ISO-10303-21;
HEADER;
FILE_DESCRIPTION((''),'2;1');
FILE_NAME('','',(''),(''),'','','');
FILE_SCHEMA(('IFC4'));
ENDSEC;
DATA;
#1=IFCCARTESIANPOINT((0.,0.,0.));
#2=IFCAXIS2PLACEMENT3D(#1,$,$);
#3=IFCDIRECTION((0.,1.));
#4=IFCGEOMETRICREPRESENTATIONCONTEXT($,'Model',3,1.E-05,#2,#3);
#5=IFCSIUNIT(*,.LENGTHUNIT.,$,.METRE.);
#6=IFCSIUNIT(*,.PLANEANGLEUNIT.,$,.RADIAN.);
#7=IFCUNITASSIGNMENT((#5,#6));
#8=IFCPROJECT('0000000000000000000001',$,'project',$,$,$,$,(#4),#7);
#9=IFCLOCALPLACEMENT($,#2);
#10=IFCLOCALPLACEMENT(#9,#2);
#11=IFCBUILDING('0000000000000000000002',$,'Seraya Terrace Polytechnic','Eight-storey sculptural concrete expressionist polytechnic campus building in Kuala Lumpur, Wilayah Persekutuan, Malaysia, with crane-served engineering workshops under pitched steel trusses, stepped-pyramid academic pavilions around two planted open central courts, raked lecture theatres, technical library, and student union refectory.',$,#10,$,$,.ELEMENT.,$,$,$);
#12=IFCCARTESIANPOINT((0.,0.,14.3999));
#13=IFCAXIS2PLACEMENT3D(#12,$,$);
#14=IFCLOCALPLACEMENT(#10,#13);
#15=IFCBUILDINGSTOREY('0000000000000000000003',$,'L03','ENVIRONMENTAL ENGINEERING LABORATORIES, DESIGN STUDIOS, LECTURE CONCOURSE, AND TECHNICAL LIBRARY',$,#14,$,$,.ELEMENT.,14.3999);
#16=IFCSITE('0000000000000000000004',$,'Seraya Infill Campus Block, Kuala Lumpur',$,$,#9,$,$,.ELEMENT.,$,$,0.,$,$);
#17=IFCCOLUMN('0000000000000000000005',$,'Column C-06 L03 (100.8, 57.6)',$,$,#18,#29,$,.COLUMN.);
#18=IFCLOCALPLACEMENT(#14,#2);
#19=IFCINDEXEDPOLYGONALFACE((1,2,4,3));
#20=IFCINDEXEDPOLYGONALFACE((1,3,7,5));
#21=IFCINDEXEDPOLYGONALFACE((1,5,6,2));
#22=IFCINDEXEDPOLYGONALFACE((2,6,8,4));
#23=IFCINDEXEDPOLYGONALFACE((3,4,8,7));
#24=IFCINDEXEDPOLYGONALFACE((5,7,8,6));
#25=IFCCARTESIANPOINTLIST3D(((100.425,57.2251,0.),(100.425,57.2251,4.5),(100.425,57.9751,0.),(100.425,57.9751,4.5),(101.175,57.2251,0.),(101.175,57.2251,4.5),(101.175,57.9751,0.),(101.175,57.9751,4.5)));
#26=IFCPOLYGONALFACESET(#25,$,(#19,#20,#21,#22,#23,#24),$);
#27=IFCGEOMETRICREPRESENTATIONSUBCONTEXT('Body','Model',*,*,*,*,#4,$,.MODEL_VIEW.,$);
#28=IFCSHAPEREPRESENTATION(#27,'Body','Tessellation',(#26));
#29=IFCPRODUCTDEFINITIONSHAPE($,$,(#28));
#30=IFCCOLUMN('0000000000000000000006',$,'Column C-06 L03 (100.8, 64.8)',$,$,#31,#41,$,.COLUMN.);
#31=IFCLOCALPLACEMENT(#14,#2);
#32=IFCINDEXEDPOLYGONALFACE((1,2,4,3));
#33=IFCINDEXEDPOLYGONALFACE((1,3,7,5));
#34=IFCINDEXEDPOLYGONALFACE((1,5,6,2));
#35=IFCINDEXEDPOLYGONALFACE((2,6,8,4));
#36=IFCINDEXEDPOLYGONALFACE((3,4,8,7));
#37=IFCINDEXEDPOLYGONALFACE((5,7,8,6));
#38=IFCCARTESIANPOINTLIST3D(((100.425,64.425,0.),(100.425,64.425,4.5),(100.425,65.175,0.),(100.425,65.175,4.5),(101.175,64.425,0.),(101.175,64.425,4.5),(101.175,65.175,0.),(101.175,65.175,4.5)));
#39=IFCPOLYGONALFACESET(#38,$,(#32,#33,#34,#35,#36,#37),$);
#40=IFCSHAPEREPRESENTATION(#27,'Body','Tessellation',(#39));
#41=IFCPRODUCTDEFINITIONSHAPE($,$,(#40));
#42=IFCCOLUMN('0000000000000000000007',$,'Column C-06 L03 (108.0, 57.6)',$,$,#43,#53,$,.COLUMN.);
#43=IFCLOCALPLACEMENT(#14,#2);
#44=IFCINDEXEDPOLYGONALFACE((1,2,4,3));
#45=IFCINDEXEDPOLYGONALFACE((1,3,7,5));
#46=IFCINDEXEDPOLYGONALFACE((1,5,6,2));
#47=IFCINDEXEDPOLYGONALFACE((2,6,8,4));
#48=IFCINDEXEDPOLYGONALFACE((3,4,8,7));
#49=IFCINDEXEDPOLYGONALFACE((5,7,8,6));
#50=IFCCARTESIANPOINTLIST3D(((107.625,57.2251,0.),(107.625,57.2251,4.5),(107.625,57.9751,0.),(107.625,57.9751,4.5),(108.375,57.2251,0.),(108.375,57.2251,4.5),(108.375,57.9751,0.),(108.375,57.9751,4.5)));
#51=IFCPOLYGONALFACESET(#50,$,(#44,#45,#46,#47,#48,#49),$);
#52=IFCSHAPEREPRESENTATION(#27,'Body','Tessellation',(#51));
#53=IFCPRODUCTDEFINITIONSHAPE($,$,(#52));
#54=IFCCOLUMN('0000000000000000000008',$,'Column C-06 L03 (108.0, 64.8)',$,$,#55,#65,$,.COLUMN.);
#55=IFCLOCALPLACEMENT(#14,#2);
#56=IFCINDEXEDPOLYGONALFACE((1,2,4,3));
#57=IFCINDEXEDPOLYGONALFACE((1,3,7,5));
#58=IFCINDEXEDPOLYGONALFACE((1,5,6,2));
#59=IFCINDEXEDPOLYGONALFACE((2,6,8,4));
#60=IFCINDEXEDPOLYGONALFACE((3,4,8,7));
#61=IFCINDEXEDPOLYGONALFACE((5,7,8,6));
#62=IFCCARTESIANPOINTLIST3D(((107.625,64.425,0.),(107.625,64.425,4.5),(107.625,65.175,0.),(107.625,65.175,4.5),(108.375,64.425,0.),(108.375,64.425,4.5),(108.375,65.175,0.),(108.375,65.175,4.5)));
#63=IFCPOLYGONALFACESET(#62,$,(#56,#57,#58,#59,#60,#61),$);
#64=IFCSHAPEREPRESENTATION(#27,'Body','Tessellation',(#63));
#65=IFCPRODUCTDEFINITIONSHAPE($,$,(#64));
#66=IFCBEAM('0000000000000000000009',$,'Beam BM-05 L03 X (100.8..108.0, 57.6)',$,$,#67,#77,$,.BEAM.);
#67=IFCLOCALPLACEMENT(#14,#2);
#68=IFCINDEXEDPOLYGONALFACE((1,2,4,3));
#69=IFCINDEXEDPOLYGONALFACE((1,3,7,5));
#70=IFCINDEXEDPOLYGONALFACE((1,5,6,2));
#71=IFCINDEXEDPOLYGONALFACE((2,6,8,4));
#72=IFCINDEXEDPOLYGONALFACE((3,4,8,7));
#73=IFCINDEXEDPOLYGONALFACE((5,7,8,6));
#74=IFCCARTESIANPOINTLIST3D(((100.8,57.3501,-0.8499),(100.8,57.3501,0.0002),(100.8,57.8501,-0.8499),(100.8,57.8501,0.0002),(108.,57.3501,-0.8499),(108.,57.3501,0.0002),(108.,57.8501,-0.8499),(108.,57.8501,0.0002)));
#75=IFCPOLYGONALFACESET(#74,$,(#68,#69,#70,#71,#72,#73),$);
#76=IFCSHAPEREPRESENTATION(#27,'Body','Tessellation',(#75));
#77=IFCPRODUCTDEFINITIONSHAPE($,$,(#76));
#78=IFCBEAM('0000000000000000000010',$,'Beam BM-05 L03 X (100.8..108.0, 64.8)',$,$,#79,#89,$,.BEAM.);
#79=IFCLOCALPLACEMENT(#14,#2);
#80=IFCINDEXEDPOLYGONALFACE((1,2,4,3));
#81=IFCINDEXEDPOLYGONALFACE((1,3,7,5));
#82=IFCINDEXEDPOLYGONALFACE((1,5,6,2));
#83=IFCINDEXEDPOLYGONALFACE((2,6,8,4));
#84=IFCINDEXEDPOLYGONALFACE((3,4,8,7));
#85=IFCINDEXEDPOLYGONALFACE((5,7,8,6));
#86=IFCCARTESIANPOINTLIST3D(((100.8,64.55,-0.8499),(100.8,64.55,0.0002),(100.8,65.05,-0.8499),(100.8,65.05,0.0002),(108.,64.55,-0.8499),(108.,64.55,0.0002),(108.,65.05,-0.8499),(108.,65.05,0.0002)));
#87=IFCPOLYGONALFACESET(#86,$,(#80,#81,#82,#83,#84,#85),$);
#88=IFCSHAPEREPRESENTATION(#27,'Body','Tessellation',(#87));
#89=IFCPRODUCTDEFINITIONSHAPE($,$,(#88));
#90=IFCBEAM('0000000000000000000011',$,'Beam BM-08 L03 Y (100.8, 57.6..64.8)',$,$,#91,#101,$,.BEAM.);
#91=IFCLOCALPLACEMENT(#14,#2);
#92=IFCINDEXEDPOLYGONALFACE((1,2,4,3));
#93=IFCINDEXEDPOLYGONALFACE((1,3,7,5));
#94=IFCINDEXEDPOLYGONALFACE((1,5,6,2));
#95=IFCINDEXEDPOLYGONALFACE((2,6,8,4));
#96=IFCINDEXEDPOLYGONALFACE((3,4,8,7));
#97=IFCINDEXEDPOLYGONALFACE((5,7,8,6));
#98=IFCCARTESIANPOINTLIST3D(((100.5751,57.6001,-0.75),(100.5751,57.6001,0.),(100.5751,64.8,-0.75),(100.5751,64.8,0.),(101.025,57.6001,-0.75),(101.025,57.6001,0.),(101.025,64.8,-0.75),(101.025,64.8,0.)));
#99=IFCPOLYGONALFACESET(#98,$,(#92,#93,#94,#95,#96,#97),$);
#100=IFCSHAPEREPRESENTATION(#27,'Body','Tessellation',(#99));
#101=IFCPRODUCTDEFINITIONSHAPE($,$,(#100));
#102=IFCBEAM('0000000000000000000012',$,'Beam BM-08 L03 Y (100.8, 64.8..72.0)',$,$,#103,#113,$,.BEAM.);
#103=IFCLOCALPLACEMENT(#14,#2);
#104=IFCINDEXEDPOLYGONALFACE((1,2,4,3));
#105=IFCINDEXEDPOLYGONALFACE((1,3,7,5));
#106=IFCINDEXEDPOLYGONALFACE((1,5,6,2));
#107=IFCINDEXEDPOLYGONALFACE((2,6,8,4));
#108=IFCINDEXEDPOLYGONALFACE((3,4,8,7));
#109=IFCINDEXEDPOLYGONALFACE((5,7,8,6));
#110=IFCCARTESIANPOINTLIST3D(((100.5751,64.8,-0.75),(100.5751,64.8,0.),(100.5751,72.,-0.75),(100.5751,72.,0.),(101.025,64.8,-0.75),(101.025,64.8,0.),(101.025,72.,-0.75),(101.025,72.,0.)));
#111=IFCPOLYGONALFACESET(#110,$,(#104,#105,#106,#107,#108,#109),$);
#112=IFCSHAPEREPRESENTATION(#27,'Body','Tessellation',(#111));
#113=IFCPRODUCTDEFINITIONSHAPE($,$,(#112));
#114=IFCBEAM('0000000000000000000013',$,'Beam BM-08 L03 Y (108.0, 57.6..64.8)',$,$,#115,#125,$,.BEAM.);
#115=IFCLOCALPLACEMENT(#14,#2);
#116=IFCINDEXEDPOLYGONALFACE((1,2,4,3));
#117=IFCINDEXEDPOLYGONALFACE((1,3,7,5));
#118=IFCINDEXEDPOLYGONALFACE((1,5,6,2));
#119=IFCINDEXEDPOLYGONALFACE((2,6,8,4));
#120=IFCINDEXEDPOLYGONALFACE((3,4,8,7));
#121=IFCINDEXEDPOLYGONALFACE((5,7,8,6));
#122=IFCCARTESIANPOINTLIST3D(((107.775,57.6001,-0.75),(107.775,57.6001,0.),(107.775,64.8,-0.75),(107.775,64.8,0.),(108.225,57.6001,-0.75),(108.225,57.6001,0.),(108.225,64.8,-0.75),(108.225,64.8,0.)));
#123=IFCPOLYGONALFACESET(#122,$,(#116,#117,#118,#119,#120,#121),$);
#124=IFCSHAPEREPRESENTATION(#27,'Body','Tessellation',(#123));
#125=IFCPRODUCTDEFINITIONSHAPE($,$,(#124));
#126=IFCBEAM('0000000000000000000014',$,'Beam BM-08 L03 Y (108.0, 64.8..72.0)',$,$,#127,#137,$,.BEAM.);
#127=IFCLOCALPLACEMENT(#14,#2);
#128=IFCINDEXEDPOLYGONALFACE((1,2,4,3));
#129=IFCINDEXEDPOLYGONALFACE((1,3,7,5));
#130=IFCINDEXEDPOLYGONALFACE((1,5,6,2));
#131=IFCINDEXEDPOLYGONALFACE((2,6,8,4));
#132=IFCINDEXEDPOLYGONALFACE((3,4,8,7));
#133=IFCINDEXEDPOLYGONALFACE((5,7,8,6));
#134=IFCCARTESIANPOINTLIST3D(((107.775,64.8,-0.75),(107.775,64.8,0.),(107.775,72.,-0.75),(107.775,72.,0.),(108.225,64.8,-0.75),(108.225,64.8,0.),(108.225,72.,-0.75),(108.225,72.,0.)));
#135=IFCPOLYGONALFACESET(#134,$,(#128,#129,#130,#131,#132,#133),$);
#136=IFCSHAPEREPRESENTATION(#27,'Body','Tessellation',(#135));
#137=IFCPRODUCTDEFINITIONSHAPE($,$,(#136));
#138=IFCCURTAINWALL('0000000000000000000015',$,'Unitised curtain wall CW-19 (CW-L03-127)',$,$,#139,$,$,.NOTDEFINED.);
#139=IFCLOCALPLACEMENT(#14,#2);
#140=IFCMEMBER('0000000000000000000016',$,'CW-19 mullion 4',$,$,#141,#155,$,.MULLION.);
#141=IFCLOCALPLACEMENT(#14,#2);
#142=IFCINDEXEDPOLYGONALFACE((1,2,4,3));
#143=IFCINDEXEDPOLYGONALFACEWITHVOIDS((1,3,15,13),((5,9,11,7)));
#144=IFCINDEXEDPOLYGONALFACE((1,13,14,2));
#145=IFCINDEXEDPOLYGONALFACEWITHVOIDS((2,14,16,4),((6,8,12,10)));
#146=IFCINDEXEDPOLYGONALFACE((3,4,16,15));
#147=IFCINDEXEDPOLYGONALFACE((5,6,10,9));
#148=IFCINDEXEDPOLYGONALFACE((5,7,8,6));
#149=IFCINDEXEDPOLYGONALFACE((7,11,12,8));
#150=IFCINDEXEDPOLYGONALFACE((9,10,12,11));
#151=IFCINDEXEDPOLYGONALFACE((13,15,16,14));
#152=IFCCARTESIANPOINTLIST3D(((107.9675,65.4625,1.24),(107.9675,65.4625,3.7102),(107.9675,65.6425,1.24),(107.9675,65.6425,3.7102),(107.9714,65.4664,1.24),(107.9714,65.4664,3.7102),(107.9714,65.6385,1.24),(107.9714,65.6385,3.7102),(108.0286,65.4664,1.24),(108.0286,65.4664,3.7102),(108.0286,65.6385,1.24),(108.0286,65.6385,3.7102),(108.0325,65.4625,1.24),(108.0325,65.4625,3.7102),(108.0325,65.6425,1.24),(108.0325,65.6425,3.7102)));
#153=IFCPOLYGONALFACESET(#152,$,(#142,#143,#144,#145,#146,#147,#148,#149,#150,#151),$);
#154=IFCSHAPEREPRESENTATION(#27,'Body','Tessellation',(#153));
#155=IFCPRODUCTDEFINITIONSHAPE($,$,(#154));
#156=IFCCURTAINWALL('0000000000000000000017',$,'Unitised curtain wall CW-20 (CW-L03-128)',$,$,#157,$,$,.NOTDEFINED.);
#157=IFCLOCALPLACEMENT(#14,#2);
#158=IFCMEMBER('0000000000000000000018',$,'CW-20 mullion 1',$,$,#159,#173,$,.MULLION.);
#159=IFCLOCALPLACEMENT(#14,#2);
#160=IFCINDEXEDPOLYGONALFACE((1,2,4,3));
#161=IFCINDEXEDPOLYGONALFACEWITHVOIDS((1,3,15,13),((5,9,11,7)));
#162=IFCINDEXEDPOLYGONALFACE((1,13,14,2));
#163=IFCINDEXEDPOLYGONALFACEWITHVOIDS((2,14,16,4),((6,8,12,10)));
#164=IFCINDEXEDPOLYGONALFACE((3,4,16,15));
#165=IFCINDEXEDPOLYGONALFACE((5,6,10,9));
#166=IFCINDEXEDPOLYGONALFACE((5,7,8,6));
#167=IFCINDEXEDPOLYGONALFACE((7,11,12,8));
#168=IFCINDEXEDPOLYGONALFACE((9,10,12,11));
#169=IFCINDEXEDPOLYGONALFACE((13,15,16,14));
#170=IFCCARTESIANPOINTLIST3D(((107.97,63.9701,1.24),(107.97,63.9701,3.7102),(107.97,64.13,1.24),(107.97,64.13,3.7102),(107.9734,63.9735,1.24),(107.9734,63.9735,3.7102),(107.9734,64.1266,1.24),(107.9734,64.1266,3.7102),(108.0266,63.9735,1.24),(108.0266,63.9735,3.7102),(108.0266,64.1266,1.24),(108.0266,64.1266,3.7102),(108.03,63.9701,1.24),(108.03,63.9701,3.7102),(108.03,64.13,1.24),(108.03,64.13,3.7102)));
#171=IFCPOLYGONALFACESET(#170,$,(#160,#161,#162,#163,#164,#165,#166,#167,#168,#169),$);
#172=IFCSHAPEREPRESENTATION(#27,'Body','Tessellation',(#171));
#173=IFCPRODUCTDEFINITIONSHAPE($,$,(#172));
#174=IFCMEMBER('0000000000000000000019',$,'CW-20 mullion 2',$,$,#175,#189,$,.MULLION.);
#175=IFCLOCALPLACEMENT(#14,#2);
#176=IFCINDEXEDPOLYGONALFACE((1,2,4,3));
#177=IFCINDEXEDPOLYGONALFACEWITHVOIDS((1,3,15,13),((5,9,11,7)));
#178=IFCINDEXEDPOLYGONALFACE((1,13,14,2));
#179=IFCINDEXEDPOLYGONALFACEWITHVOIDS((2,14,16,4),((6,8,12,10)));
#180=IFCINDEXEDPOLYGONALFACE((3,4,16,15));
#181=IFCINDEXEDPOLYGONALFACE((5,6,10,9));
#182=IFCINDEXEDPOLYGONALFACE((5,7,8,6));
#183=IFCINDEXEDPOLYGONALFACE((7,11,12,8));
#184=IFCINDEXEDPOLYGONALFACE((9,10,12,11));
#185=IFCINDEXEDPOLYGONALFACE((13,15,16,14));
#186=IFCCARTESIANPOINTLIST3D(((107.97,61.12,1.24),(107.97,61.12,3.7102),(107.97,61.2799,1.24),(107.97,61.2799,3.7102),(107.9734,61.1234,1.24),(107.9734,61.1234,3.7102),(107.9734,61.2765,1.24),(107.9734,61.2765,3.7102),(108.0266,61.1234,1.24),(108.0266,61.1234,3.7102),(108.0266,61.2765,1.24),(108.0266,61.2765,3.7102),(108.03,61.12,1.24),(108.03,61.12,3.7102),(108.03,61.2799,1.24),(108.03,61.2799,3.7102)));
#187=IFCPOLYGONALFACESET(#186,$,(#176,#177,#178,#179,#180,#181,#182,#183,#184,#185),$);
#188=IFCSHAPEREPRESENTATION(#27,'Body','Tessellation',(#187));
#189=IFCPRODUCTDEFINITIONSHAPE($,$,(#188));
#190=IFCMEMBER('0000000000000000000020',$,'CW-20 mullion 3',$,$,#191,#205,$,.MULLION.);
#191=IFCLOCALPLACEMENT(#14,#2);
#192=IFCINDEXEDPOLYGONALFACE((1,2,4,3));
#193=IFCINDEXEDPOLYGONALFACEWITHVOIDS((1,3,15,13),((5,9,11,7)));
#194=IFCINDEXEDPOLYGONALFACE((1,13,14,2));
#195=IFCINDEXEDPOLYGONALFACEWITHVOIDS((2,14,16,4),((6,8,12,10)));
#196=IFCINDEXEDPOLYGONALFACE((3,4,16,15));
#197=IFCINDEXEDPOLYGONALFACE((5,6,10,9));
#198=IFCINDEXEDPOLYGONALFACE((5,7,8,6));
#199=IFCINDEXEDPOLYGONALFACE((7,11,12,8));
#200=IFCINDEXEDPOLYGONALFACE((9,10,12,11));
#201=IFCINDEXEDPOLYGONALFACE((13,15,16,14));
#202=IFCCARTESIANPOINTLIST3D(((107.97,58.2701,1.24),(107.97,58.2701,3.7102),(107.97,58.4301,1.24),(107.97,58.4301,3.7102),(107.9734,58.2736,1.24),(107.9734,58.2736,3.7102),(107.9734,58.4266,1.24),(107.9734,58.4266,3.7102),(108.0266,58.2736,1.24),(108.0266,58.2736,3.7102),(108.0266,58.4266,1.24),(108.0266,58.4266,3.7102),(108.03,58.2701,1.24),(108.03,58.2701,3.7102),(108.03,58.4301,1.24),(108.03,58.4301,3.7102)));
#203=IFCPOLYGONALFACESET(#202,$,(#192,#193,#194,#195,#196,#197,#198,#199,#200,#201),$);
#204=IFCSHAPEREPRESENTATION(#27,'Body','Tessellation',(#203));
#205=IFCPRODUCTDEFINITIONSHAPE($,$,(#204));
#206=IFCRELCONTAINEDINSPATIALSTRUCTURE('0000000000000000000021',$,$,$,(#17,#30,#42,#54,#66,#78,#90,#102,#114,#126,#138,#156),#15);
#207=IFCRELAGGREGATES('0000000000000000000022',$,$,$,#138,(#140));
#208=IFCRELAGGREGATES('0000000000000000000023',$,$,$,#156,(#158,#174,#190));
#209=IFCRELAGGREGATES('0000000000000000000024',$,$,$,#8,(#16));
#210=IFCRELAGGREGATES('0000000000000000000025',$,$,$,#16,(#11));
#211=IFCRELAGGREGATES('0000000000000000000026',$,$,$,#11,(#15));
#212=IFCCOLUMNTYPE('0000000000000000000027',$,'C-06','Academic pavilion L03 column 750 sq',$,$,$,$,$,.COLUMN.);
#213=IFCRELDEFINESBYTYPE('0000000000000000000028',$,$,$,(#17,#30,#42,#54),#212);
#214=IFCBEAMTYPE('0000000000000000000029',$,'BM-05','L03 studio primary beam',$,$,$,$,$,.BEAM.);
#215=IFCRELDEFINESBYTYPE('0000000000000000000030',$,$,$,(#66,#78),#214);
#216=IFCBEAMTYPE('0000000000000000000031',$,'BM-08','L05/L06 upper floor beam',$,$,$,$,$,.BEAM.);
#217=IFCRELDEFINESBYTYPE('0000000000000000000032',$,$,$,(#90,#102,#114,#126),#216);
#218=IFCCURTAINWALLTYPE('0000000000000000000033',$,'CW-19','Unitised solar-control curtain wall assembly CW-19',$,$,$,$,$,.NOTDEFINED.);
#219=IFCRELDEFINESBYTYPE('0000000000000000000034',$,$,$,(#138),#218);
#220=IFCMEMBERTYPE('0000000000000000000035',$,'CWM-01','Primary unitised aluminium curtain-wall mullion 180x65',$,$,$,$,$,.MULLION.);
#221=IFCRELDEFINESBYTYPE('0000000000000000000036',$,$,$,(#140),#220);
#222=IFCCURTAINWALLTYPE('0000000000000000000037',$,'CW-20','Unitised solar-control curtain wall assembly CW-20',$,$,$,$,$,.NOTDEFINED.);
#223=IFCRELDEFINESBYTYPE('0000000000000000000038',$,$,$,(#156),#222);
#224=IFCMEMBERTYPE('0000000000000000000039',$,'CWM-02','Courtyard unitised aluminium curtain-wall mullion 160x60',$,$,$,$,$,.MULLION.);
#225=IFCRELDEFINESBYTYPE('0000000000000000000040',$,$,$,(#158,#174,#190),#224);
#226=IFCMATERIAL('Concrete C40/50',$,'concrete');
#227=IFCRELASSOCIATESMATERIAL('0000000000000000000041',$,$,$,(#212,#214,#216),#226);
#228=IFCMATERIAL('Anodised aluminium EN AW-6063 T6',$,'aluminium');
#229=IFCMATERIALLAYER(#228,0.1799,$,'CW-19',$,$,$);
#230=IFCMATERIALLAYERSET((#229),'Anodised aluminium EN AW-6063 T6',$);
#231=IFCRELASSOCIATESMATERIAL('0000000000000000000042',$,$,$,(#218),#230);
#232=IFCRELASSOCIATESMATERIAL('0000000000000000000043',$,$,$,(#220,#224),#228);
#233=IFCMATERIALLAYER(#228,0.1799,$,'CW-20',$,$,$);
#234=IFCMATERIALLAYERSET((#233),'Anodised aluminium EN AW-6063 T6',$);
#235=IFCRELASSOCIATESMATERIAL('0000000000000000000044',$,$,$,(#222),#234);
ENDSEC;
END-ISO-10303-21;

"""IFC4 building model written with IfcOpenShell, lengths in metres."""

from ifc_helpers import new_model, si_unit, direction, frame, origin, origin_2d, place, context, subcontext, project, spatial, rectangle, hollow_rectangle, extrude, material, layer, layer_set, material_profile, profile_set, type_object, element, aggregate, save


model = new_model("IFC4")

# Units and contexts
model_context = context("Model", 3, precision=1e-05, world=origin(), true_north=direction((0.0, 1.0)))
body_context = subcontext(model_context, "Body", "Model", "MODEL_VIEW")
ifc_project = project(units=[si_unit("LENGTHUNIT", "METRE"), si_unit("PLANEANGLEUNIT", "RADIAN")], contexts=[model_context])

# Site, building, storey
site_placement = place(None, origin())
site = spatial("IfcSite", under=ifc_project, at=site_placement, Name="Seraya Infill Campus Block, Kuala Lumpur", CompositionType="ELEMENT", RefElevation=0.0)
building_placement = place(site_placement, origin())
building = spatial("IfcBuilding", under=site, at=building_placement, Name="Seraya Terrace Polytechnic", Description="Eight-storey sculptural concrete expressionist polytechnic campus building in Kuala Lumpur, Wilayah Persekutuan, Malaysia, with crane-served engineering workshops under pitched steel trusses, stepped-pyramid academic pavilions around two planted open central courts, raked lecture theatres, technical library, and student union refectory.", CompositionType="ELEMENT")
storey_placement = place(building_placement, frame((0.0, 0.0, 14.3999)))
storey = spatial("IfcBuildingStorey", under=building, at=storey_placement, Name="L03", Description="ENVIRONMENTAL ENGINEERING LABORATORIES, DESIGN STUDIOS, LECTURE CONCOURSE, AND TECHNICAL LIBRARY", CompositionType="ELEMENT", Elevation=14.3999)

# Columns
ifc_material_1 = material(Name="Concrete C40/50", Category="concrete")
ifc_material_profile_1 = material_profile(ifc_material_1, rectangle(XDim=0.75, YDim=0.75, at=origin_2d()), Name="RC 750x750")
ifc_profile_set_1 = profile_set([ifc_material_profile_1], Name="Concrete C40/50")
column_type = type_object("IfcColumnType", Name="C-06", Description="Academic pavilion L03 column 750 sq", PredefinedType="COLUMN", material=ifc_profile_set_1)
for number, where, z_axis, x_axis, name in (
    (1, (100.8, 57.6001, 0.0), (0.0, 0.0, 1.0), (1.0, 0.0, 0.0), "Column C-06 L03 (100.8, 57.6)"),
    (2, (100.8, 64.8, 0.0), (0.0, 0.0, 1.0), (1.0, 0.0, 0.0), "Column C-06 L03 (100.8, 64.8)"),
    (3, (108.0, 57.6001, 0.0), (0.0, 0.0, 1.0), (1.0, 0.0, 0.0), "Column C-06 L03 (108.0, 57.6)"),
    (4, (108.0, 64.8, 0.0), (0.0, 0.0, 1.0), (1.0, 0.0, 0.0), "Column C-06 L03 (108.0, 64.8)"),
):
    element("IfcColumn", number, at=place(storey_placement, frame(where, z_axis=z_axis, x_axis=x_axis)), inside=storey, type_object=column_type, Name=name, PredefinedType="COLUMN", context=body_context, shape_type="SweptSolid", body=[
        extrude(rectangle(XDim=0.75, YDim=0.75, at=origin_2d()), origin(), (0.0, 0.0, 1.0), 4.5),
    ])

# Beams
ifc_material_profile_2 = material_profile(ifc_material_1, rectangle(XDim=0.5, YDim=0.8501, at=origin_2d()), Name="RC 500x850")
ifc_profile_set_2 = profile_set([ifc_material_profile_2], Name="Concrete C40/50")
beam_type_1 = type_object("IfcBeamType", Name="BM-05", Description="L03 studio primary beam", PredefinedType="BEAM", material=ifc_profile_set_2)
for number, where, z_axis, x_axis, name in (
    (5, (100.8, 57.6001, -0.4248), (1.0, 0.0, 0.0), (0.0, 1.0, 0.0), "Beam BM-05 L03 X (100.8..108.0, 57.6)"),
    (6, (100.8, 64.8, -0.4248), (1.0, 0.0, 0.0), (0.0, 1.0, 0.0), "Beam BM-05 L03 X (100.8..108.0, 64.8)"),
):
    element("IfcBeam", number, at=place(storey_placement, frame(where, z_axis=z_axis, x_axis=x_axis)), inside=storey, type_object=beam_type_1, Name=name, PredefinedType="BEAM", context=body_context, shape_type="SweptSolid", body=[
        extrude(rectangle(XDim=0.5, YDim=0.8501, at=origin_2d()), origin(), (0.0, 0.0, 1.0), 7.2),
    ])
ifc_material_profile_3 = material_profile(ifc_material_1, rectangle(XDim=0.45, YDim=0.75, at=origin_2d()), Name="RC 450x750")
ifc_profile_set_3 = profile_set([ifc_material_profile_3], Name="Concrete C40/50")
beam_type_2 = type_object("IfcBeamType", Name="BM-08", Description="L05/L06 upper floor beam", PredefinedType="BEAM", material=ifc_profile_set_3)
for number, where, z_axis, x_axis, name in (
    (7, (100.8, 57.6001, -0.375), (0.0, 1.0, 0.0), (-1.0, 0.0, 0.0), "Beam BM-08 L03 Y (100.8, 57.6..64.8)"),
    (8, (100.8, 64.8, -0.375), (0.0, 1.0, 0.0), (-1.0, 0.0, 0.0), "Beam BM-08 L03 Y (100.8, 64.8..72.0)"),
    (9, (108.0, 57.6001, -0.375), (0.0, 1.0, 0.0), (-1.0, 0.0, 0.0), "Beam BM-08 L03 Y (108.0, 57.6..64.8)"),
    (10, (108.0, 64.8, -0.375), (0.0, 1.0, 0.0), (-1.0, 0.0, 0.0), "Beam BM-08 L03 Y (108.0, 64.8..72.0)"),
):
    element("IfcBeam", number, at=place(storey_placement, frame(where, z_axis=z_axis, x_axis=x_axis)), inside=storey, type_object=beam_type_2, Name=name, PredefinedType="BEAM", context=body_context, shape_type="SweptSolid", body=[
        extrude(rectangle(XDim=0.45, YDim=0.75, at=origin_2d()), origin(), (0.0, 0.0, 1.0), 7.2),
    ])

# Curtain wall, member
ifc_material_2 = material(Name="Anodised aluminium EN AW-6063 T6", Category="aluminium")
ifc_layer_1 = layer(ifc_material_2, 0.1799, Name="CW-19")
ifc_layer_set_1 = layer_set([ifc_layer_1], Name="Anodised aluminium EN AW-6063 T6")
curtain_wall_type_1 = type_object("IfcCurtainWallType", Name="CW-19", Description="Unitised solar-control curtain wall assembly CW-19", PredefinedType="NOTDEFINED", material=ifc_layer_set_1)
curtain_wall_1_placement = place(storey_placement, origin())
curtain_wall_1 = element("IfcCurtainWall", 11, at=curtain_wall_1_placement, inside=storey, type_object=curtain_wall_type_1, Name="Unitised curtain wall CW-19 (CW-L03-127)", PredefinedType="NOTDEFINED")
ifc_material_profile_4 = material_profile(ifc_material_2, hollow_rectangle(XDim=0.0649, YDim=0.1799, WallThickness=0.0039, at=origin_2d()), Name="RHS 180x65x4.0")
ifc_profile_set_4 = profile_set([ifc_material_profile_4], Name="Anodised aluminium EN AW-6063 T6")
member_type_1 = type_object("IfcMemberType", Name="CWM-01", Description="Primary unitised aluminium curtain-wall mullion 180x65", PredefinedType="MULLION", material=ifc_profile_set_4)
member_1_placement = place(storey_placement, frame((108.0, 65.5525, 1.24), z_axis=(0.0, 0.0, 1.0), x_axis=(1.0, 0.0, 0.0)))
member_1 = element("IfcMember", 12, at=member_1_placement, type_object=member_type_1, Name="CW-19 mullion 4", PredefinedType="MULLION", context=body_context, shape_type="SweptSolid", body=[
    extrude(hollow_rectangle(XDim=0.0649, YDim=0.1799, WallThickness=0.0039, at=origin_2d()), origin(), (0.0, 0.0, 1.0), 2.4702),
])

# Curtain wall, members
ifc_layer_2 = layer(ifc_material_2, 0.1799, Name="CW-20")
ifc_layer_set_2 = layer_set([ifc_layer_2], Name="Anodised aluminium EN AW-6063 T6")
curtain_wall_type_2 = type_object("IfcCurtainWallType", Name="CW-20", Description="Unitised solar-control curtain wall assembly CW-20", PredefinedType="NOTDEFINED", material=ifc_layer_set_2)
curtain_wall_2_placement = place(storey_placement, origin())
curtain_wall_2 = element("IfcCurtainWall", 13, at=curtain_wall_2_placement, inside=storey, type_object=curtain_wall_type_2, Name="Unitised curtain wall CW-20 (CW-L03-128)", PredefinedType="NOTDEFINED")
ifc_material_profile_5 = material_profile(ifc_material_2, hollow_rectangle(XDim=0.0601, YDim=0.1599, WallThickness=0.0034, at=origin_2d()), Name="RHS 160x60x3.5")
ifc_profile_set_5 = profile_set([ifc_material_profile_5], Name="Anodised aluminium EN AW-6063 T6")
member_type_2 = type_object("IfcMemberType", Name="CWM-02", Description="Courtyard unitised aluminium curtain-wall mullion 160x60", PredefinedType="MULLION", material=ifc_profile_set_5)
member_2_placement = place(storey_placement, frame((108.0, 64.05, 1.24), z_axis=(0.0, 0.0, 1.0), x_axis=(1.0, 0.0, 0.0)))
member_2 = element("IfcMember", 14, at=member_2_placement, type_object=member_type_2, Name="CW-20 mullion 1", PredefinedType="MULLION", context=body_context, shape_type="SweptSolid", body=[
    extrude(hollow_rectangle(XDim=0.0601, YDim=0.1599, WallThickness=0.0034, at=origin_2d()), origin(), (0.0, 0.0, 1.0), 2.4702),
])
member_3_placement = place(storey_placement, frame((108.0, 61.2, 1.24), z_axis=(0.0, 0.0, 1.0), x_axis=(1.0, 0.0, 0.0)))
member_3 = element("IfcMember", 15, at=member_3_placement, type_object=member_type_2, Name="CW-20 mullion 2", PredefinedType="MULLION", context=body_context, shape_type="SweptSolid", body=[
    extrude(hollow_rectangle(XDim=0.0601, YDim=0.1599, WallThickness=0.0034, at=origin_2d()), origin(), (0.0, 0.0, 1.0), 2.4702),
])
member_4_placement = place(storey_placement, frame((108.0, 58.3501, 1.24), z_axis=(0.0, 0.0, 1.0), x_axis=(1.0, 0.0, 0.0)))
member_4 = element("IfcMember", 16, at=member_4_placement, type_object=member_type_2, Name="CW-20 mullion 3", PredefinedType="MULLION", context=body_context, shape_type="SweptSolid", body=[
    extrude(hollow_rectangle(XDim=0.0601, YDim=0.1599, WallThickness=0.0034, at=origin_2d()), origin(), (0.0, 0.0, 1.0), 2.4702),
])

aggregate(curtain_wall_1, [member_1])
aggregate(curtain_wall_2, [member_2, member_3, member_4])

save(model, "model.ifc")
